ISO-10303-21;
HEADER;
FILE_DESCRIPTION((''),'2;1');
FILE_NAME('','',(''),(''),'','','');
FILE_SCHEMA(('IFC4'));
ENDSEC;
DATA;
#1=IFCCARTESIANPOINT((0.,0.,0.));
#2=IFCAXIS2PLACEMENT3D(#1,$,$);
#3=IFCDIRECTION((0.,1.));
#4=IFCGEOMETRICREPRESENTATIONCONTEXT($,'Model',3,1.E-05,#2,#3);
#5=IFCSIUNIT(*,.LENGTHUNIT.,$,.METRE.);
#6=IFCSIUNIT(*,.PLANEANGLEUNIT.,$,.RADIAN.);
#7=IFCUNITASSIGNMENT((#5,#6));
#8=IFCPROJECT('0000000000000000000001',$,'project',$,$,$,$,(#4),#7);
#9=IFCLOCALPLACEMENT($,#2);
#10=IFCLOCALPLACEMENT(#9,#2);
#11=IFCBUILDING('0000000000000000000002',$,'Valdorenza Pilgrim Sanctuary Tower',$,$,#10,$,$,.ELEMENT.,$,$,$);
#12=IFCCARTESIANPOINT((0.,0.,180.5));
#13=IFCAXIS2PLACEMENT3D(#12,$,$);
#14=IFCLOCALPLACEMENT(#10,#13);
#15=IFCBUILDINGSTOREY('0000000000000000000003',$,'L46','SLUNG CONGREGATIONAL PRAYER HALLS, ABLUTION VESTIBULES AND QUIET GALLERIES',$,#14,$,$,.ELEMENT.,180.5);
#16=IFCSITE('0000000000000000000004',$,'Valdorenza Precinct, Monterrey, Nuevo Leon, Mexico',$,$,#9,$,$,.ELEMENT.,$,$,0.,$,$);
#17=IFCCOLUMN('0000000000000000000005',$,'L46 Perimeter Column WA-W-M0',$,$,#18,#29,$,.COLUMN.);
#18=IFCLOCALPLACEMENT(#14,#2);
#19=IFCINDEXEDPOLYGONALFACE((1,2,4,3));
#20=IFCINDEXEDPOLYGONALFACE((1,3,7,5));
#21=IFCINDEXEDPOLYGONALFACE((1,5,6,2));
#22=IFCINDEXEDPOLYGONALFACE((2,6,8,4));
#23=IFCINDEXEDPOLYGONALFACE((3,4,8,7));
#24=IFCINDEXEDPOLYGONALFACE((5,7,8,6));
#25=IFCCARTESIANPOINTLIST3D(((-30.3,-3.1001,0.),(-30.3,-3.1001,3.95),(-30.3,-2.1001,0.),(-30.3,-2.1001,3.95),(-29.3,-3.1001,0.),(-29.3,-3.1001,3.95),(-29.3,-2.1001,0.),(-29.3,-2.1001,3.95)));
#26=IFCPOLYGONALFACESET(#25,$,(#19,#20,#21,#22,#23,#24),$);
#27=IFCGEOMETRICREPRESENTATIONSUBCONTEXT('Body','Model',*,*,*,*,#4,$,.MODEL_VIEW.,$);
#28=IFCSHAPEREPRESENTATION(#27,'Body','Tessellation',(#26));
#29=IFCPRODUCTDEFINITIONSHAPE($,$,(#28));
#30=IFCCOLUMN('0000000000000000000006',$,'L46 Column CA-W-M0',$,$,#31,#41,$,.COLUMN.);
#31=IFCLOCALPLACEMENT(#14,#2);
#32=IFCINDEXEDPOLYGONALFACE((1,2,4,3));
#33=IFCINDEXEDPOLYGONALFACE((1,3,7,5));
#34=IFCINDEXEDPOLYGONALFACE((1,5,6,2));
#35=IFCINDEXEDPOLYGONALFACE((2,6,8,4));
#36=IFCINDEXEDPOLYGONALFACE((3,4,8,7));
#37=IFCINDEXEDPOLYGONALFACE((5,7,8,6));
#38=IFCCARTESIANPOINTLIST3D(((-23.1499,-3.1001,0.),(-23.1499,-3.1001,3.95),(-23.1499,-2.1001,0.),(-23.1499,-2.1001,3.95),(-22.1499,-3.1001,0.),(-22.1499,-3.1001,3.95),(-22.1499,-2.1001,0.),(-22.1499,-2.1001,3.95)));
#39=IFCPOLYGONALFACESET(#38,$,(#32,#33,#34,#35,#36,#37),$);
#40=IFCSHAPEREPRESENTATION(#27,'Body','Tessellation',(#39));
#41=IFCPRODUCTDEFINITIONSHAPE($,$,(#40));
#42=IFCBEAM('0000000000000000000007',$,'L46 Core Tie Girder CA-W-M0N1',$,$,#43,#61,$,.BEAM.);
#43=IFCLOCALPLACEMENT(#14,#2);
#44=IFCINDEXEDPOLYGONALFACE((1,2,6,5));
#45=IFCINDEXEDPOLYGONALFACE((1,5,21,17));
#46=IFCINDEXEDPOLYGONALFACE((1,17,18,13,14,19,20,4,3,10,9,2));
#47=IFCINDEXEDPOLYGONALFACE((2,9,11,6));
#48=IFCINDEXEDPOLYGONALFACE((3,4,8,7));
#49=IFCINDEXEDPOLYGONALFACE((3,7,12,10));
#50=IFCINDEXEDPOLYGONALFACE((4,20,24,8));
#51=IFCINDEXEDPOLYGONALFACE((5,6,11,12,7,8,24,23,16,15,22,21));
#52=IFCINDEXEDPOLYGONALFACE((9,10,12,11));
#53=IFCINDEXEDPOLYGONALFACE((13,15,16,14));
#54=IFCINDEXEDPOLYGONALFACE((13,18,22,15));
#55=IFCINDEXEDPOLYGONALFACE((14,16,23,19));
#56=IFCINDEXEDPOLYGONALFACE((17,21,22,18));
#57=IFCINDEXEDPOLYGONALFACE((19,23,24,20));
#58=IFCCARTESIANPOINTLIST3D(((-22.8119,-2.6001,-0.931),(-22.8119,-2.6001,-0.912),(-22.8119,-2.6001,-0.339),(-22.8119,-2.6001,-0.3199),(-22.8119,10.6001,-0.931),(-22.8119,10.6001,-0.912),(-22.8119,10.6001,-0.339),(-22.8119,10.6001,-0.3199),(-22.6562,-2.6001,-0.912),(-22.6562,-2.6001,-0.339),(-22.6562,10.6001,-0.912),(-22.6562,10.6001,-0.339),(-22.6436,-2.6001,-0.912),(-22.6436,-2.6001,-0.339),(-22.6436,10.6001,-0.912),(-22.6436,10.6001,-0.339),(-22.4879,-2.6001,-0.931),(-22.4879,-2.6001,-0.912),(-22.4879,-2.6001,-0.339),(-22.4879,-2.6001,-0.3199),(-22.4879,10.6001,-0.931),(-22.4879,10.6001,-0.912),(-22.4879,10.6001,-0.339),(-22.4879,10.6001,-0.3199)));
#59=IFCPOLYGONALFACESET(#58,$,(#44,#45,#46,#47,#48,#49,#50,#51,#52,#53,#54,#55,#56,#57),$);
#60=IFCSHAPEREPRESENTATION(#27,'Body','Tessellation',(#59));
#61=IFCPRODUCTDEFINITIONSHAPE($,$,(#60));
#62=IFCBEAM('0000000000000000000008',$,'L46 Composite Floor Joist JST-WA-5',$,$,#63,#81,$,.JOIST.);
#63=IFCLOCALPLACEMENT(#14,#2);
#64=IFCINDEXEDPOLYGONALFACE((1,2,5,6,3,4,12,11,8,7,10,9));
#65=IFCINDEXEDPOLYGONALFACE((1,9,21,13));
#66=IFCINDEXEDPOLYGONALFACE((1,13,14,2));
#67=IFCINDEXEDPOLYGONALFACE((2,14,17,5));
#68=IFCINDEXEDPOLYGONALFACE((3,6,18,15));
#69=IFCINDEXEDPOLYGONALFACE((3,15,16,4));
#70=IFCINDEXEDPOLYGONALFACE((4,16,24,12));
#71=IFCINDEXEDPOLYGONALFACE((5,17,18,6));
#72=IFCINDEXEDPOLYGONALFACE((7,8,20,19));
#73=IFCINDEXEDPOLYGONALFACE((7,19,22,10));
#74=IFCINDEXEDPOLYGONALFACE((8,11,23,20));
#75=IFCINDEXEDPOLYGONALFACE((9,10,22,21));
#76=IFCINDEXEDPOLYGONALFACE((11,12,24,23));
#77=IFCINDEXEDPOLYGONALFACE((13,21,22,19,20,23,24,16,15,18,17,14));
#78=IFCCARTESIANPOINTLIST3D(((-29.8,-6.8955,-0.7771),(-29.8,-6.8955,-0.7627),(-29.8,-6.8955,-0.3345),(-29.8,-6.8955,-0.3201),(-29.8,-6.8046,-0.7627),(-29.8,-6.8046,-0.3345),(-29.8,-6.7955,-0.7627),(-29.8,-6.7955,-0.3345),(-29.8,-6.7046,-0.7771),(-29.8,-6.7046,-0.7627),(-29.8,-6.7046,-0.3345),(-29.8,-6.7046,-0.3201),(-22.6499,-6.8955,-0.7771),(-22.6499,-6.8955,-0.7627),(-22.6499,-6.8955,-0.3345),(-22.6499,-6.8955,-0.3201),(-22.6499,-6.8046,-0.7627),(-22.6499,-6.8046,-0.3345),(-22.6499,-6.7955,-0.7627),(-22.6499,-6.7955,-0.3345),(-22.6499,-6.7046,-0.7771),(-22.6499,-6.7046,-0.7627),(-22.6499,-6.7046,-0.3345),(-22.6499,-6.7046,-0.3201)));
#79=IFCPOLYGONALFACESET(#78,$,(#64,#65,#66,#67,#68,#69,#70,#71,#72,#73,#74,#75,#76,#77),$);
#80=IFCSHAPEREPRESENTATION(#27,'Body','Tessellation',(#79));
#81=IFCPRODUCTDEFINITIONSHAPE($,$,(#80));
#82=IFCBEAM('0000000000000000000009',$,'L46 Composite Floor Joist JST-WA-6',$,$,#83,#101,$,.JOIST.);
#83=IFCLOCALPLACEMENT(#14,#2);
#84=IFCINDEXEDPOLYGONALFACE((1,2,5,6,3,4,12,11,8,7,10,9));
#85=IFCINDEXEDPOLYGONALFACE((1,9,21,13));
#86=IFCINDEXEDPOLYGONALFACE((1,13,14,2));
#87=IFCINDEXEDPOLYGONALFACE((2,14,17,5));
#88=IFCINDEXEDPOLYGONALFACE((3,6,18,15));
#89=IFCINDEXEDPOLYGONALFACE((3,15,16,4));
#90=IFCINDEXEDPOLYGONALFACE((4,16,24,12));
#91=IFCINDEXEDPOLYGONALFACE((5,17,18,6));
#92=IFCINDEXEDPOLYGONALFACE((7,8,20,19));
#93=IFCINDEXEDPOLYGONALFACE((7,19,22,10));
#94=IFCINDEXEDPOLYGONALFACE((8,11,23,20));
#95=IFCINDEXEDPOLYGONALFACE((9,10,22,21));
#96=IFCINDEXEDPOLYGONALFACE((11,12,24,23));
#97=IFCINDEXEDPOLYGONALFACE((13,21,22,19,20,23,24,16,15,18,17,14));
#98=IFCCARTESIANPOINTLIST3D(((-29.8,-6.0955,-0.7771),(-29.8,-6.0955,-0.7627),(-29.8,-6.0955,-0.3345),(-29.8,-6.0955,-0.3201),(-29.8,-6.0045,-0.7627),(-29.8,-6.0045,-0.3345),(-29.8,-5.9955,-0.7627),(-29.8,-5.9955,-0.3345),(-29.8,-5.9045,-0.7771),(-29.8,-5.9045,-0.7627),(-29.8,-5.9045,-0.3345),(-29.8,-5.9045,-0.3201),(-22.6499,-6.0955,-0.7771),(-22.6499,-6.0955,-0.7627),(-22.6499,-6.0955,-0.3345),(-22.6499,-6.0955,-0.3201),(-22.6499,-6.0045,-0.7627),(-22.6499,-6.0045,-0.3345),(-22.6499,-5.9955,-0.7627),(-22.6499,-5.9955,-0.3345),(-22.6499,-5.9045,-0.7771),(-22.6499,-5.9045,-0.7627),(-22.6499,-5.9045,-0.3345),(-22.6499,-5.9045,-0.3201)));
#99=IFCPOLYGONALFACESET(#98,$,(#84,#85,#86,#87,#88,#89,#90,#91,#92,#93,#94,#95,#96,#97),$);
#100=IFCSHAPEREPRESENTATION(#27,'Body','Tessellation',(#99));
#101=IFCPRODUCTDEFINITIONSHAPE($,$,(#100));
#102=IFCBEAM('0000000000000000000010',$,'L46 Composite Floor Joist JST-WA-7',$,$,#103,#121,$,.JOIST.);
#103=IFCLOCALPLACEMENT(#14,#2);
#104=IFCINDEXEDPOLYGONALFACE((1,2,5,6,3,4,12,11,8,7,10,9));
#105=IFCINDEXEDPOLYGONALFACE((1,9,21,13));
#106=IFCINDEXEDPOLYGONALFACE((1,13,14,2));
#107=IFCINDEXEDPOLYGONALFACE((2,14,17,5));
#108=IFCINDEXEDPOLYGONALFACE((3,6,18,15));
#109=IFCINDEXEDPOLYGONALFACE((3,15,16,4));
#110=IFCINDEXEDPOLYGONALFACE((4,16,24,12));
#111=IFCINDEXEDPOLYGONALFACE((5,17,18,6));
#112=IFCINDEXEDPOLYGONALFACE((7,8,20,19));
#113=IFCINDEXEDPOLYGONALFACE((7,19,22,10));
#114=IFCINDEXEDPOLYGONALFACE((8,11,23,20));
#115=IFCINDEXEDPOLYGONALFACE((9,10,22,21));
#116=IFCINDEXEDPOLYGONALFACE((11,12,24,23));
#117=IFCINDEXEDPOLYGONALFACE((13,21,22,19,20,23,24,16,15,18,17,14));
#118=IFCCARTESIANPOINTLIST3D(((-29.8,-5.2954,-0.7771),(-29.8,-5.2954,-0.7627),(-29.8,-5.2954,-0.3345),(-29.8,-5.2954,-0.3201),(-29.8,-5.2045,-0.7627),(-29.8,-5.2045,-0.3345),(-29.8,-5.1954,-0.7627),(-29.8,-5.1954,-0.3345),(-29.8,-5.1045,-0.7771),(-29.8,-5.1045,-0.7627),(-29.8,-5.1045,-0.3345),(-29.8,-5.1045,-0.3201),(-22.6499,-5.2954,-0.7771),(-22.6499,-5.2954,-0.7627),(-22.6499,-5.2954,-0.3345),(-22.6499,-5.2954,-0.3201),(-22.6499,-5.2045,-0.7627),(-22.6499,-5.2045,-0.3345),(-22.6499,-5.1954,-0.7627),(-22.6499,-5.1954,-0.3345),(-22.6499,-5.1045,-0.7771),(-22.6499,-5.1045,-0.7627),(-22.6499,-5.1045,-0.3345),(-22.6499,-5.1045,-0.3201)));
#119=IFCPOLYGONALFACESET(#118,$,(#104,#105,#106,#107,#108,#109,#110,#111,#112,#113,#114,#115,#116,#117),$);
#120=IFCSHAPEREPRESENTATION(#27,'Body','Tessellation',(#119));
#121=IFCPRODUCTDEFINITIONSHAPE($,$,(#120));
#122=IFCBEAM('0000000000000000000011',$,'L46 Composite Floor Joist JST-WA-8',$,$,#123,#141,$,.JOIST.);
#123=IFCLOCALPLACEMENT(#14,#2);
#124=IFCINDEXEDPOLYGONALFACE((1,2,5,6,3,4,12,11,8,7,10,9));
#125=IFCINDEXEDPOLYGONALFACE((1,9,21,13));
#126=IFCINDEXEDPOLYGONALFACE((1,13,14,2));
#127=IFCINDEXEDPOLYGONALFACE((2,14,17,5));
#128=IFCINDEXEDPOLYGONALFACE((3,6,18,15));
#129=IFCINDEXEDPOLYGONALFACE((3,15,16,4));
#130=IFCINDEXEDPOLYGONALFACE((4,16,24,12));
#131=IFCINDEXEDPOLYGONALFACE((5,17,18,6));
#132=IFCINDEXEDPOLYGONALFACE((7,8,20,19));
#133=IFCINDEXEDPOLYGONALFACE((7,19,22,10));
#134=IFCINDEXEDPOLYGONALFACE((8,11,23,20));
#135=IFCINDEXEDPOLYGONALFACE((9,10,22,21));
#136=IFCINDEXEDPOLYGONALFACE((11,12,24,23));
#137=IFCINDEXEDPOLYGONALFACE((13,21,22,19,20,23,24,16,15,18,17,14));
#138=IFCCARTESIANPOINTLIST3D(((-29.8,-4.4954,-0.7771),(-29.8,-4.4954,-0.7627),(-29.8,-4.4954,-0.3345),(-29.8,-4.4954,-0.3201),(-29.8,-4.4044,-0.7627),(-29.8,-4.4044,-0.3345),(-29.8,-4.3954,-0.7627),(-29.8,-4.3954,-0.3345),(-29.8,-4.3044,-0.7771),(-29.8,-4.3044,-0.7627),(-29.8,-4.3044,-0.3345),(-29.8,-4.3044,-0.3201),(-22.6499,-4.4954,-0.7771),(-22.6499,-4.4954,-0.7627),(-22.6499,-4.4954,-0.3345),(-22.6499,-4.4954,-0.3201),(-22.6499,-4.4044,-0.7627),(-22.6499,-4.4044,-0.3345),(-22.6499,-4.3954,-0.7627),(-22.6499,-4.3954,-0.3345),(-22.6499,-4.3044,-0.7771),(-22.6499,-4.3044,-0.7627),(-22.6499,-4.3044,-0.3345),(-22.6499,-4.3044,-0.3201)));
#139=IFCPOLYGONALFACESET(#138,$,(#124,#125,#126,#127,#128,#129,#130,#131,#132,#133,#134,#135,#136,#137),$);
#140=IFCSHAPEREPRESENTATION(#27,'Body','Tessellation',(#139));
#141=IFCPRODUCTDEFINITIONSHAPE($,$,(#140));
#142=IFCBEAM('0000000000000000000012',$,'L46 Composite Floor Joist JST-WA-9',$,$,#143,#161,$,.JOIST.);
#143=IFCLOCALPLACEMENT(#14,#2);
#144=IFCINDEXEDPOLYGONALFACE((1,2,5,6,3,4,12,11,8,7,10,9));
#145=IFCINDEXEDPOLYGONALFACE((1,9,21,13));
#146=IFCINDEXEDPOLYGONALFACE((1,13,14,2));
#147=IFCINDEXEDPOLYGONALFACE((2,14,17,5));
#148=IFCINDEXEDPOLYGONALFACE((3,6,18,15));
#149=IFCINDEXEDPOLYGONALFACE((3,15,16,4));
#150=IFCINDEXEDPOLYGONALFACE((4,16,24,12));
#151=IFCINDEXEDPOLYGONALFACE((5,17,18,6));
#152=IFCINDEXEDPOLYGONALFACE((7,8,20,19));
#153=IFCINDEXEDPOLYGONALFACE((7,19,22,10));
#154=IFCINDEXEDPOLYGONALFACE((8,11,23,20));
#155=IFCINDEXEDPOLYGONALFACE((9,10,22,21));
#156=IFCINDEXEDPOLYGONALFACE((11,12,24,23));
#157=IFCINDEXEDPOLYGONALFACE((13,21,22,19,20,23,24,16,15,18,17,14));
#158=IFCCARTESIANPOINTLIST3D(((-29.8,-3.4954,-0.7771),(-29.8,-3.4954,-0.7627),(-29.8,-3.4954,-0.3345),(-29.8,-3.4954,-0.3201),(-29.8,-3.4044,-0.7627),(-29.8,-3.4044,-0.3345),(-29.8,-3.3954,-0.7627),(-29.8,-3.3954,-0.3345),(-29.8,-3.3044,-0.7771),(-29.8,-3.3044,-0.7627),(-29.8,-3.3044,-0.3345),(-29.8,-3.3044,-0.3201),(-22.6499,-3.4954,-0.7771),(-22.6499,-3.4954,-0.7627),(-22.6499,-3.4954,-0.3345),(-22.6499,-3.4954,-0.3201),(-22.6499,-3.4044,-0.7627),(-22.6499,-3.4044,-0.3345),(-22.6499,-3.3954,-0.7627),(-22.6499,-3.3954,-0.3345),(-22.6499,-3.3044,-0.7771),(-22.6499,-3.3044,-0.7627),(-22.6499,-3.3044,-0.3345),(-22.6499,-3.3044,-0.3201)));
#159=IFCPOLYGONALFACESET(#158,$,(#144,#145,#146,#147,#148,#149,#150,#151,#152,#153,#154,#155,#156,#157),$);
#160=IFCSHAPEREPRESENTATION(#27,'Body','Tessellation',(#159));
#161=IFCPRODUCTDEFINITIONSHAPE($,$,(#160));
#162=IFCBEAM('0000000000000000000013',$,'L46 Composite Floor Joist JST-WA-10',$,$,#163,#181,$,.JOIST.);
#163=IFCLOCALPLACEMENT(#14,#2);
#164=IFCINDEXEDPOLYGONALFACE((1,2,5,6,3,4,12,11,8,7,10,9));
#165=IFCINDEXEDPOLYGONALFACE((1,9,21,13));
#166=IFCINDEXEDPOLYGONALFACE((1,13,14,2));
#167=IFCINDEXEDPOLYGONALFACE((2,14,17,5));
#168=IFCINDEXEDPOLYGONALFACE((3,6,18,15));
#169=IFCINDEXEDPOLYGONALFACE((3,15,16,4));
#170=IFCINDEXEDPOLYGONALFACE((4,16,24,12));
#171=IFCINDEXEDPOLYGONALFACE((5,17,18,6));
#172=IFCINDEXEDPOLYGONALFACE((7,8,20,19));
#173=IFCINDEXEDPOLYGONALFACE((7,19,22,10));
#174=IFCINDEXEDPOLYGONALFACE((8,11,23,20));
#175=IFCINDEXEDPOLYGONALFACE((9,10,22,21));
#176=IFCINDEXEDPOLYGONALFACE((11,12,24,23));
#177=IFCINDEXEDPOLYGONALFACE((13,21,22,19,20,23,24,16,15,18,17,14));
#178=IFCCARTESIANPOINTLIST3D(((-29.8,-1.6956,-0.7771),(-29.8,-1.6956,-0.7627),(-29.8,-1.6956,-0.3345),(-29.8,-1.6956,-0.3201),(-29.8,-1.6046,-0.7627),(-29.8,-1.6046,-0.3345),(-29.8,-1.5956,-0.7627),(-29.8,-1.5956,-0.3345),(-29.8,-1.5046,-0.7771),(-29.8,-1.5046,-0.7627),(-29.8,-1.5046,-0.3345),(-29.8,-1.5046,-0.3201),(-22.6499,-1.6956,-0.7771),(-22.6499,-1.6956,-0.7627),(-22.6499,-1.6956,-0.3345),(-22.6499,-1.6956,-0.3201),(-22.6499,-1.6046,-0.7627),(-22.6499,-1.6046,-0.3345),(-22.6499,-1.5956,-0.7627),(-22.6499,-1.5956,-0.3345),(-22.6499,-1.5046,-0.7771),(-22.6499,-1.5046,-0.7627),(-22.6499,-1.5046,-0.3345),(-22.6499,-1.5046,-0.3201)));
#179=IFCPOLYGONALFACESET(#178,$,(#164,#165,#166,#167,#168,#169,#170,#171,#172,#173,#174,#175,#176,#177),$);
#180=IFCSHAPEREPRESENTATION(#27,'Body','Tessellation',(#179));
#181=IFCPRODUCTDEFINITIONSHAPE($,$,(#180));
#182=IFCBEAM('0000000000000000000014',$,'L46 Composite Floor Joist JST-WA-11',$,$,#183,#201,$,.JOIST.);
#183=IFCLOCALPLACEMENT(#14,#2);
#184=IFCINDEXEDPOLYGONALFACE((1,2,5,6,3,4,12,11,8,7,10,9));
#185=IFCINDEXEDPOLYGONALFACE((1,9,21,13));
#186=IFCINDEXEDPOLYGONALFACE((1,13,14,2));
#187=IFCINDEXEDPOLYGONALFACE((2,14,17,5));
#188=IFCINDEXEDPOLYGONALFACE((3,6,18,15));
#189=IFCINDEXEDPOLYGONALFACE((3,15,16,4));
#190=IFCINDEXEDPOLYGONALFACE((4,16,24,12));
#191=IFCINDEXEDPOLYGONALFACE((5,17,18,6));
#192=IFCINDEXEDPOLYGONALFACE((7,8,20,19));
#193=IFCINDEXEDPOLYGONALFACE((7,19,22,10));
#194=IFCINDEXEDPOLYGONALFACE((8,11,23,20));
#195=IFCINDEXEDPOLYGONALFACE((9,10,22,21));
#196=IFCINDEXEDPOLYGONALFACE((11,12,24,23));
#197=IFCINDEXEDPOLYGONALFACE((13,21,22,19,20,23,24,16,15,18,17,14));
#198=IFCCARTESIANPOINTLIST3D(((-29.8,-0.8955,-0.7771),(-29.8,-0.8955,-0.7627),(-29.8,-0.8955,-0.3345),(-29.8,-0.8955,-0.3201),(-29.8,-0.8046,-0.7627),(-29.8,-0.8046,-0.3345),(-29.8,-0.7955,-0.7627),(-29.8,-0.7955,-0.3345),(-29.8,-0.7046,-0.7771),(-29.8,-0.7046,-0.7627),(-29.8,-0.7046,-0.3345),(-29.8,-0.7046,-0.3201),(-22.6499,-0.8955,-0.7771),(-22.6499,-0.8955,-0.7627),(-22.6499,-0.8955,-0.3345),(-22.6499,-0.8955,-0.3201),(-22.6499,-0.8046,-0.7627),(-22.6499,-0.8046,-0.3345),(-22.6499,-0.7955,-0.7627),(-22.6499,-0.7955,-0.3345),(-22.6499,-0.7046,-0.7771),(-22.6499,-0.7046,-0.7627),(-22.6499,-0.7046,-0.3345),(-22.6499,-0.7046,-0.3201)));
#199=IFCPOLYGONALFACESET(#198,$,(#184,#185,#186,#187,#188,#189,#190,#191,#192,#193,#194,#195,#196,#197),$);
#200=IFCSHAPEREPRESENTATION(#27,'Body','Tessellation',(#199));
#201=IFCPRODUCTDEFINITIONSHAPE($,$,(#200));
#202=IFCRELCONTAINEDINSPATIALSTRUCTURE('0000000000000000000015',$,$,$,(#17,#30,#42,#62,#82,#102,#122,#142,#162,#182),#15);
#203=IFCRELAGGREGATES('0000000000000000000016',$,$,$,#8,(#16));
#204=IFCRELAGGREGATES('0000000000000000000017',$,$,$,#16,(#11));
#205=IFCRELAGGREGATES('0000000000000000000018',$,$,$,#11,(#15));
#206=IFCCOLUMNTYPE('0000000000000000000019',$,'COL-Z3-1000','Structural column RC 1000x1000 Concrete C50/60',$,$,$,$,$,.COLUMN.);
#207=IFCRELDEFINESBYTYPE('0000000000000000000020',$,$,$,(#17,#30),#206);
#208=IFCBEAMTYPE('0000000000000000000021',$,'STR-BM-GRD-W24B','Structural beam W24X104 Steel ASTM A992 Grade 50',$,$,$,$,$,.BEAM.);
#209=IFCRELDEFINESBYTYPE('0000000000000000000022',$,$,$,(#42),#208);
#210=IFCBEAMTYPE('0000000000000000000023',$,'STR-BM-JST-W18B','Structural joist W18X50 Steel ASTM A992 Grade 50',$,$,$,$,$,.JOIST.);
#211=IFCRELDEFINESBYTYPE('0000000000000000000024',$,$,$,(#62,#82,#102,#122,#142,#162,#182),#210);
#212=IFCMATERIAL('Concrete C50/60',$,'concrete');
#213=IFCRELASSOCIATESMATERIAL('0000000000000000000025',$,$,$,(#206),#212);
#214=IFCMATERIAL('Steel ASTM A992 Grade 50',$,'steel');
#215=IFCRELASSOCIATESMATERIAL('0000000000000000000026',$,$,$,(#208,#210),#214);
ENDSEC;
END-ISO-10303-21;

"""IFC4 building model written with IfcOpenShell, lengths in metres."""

from ifc_helpers import new_model, si_unit, direction, frame, origin, origin_2d, place, context, subcontext, project, spatial, rectangle, i_section, extrude, source, transform, mapped, material, material_profile, profile_set, type_object, element, save


model = new_model("IFC4")

# Units and contexts
model_context = context("Model", 3, precision=1e-05, world=origin(), true_north=direction((0.0, 1.0)))
body_context = subcontext(model_context, "Body", "Model", "MODEL_VIEW")
ifc_project = project(units=[si_unit("LENGTHUNIT", "METRE"), si_unit("PLANEANGLEUNIT", "RADIAN")], contexts=[model_context])

# Site, building, storey
site_placement = place(None, origin())
site = spatial("IfcSite", under=ifc_project, at=site_placement, Name="Valdorenza Precinct, Monterrey, Nuevo Leon, Mexico", CompositionType="ELEMENT", RefElevation=0.0)
building_placement = place(site_placement, origin())
building = spatial("IfcBuilding", under=site, at=building_placement, Name="Valdorenza Pilgrim Sanctuary Tower", CompositionType="ELEMENT")
storey_placement = place(building_placement, frame((0.0, 0.0, 180.5)))
storey = spatial("IfcBuildingStorey", under=building, at=storey_placement, Name="L46", Description="SLUNG CONGREGATIONAL PRAYER HALLS, ABLUTION VESTIBULES AND QUIET GALLERIES", CompositionType="ELEMENT", Elevation=180.5)

# Columns
ifc_material_1 = material(Name="Concrete C50/60", Category="concrete")
ifc_material_profile_1 = material_profile(ifc_material_1, rectangle(XDim=1.0, YDim=1.0, at=origin_2d()), Name="RC 1000x1000")
ifc_profile_set_1 = profile_set([ifc_material_profile_1], Name="Concrete C50/60")
column_type = type_object("IfcColumnType", Name="COL-Z3-1000", Description="Structural column RC 1000x1000 Concrete C50/60", PredefinedType="COLUMN", material=ifc_profile_set_1)
shared_shape_1 = source(origin(), body_context, "Body", "SweptSolid", [
    extrude(rectangle(XDim=1.0, YDim=1.0, at=origin_2d()), origin(), (0.0, 0.0, 1.0), 3.95),
])
for number, where, z_axis, x_axis, name in (
    (1, (-29.8, -2.6001, 0.0), (0.0, 0.0, 1.0), (1.0, 0.0, 0.0), "L46 Perimeter Column WA-W-M0"),
    (2, (-22.6499, -2.6001, 0.0), (0.0, 0.0, 1.0), (1.0, 0.0, 0.0), "L46 Column CA-W-M0"),
):
    element("IfcColumn", number, at=place(storey_placement, frame(where, z_axis=z_axis, x_axis=x_axis)), inside=storey, type_object=column_type, Name=name, PredefinedType="COLUMN", context=body_context, shape_type="MappedRepresentation", body=[
        mapped(shared_shape_1, transform((0.0, 0.0, 0.0), x_axis=(1.0, 0.0, 0.0), y_axis=(0.0, 1.0, 0.0), z_axis=(0.0, 0.0, 1.0), scale=1.0)),
    ])

# Beams
ifc_material_2 = material(Name="Steel ASTM A992 Grade 50", Category="steel")
ifc_material_profile_2 = material_profile(ifc_material_2, i_section(OverallWidth=0.324, OverallDepth=0.6111, WebThickness=0.0127, FlangeThickness=0.019, at=origin_2d()), Name="W24X104")
ifc_profile_set_2 = profile_set([ifc_material_profile_2], Name="Steel ASTM A992 Grade 50")
beam_type_1 = type_object("IfcBeamType", Name="STR-BM-GRD-W24B", Description="Structural beam W24X104 Steel ASTM A992 Grade 50", PredefinedType="BEAM", material=ifc_profile_set_2)
shared_shape_2 = source(origin(), body_context, "Body", "SweptSolid", [
    extrude(i_section(OverallWidth=0.324, OverallDepth=0.6111, WebThickness=0.0127, FlangeThickness=0.019, at=origin_2d()), origin(), (0.0, 0.0, 1.0), 13.2002),
])
beam_1_placement = place(storey_placement, frame((-22.6499, -2.6001, -0.6255), z_axis=(0.0, 1.0, 0.0), x_axis=(-1.0, 0.0, 0.0)))
element("IfcBeam", 3, at=beam_1_placement, inside=storey, type_object=beam_type_1, Name="L46 Core Tie Girder CA-W-M0N1", PredefinedType="BEAM", context=body_context, shape_type="MappedRepresentation", body=[
    mapped(shared_shape_2, transform((0.0, 0.0, 0.0), x_axis=(1.0, 0.0, 0.0), y_axis=(0.0, 1.0, 0.0), z_axis=(0.0, 0.0, 1.0), scale=1.0)),
])
ifc_material_profile_3 = material_profile(ifc_material_2, i_section(OverallWidth=0.1909, OverallDepth=0.457, WebThickness=0.009, FlangeThickness=0.0144, at=origin_2d()), Name="W18X50")
ifc_profile_set_3 = profile_set([ifc_material_profile_3], Name="Steel ASTM A992 Grade 50")
beam_type_2 = type_object("IfcBeamType", Name="STR-BM-JST-W18B", Description="Structural joist W18X50 Steel ASTM A992 Grade 50", PredefinedType="JOIST", material=ifc_profile_set_3)
shared_shape_3 = source(origin(), body_context, "Body", "SweptSolid", [
    extrude(i_section(OverallWidth=0.1909, OverallDepth=0.457, WebThickness=0.009, FlangeThickness=0.0144, at=origin_2d()), origin(), (0.0, 0.0, 1.0), 7.1501),
])
for number, where, z_axis, x_axis, name in (
    (4, (-29.8, -6.8, -0.5486), (1.0, 0.0, 0.0), (0.0, 1.0, 0.0), "L46 Composite Floor Joist JST-WA-5"),
    (5, (-29.8, -6.0, -0.5486), (1.0, 0.0, 0.0), (0.0, 1.0, 0.0), "L46 Composite Floor Joist JST-WA-6"),
    (6, (-29.8, -5.2, -0.5486), (1.0, 0.0, 0.0), (0.0, 1.0, 0.0), "L46 Composite Floor Joist JST-WA-7"),
    (7, (-29.8, -4.3999, -0.5486), (1.0, 0.0, 0.0), (0.0, 1.0, 0.0), "L46 Composite Floor Joist JST-WA-8"),
    (8, (-29.8, -3.3999, -0.5486), (1.0, 0.0, 0.0), (0.0, 1.0, 0.0), "L46 Composite Floor Joist JST-WA-9"),
    (9, (-29.8, -1.6001, -0.5486), (1.0, 0.0, 0.0), (0.0, 1.0, 0.0), "L46 Composite Floor Joist JST-WA-10"),
    (10, (-29.8, -0.8, -0.5486), (1.0, 0.0, 0.0), (0.0, 1.0, 0.0), "L46 Composite Floor Joist JST-WA-11"),
):
    element("IfcBeam", number, at=place(storey_placement, frame(where, z_axis=z_axis, x_axis=x_axis)), inside=storey, type_object=beam_type_2, Name=name, PredefinedType="JOIST", context=body_context, shape_type="MappedRepresentation", body=[
        mapped(shared_shape_3, transform((0.0, 0.0, 0.0), x_axis=(1.0, 0.0, 0.0), y_axis=(0.0, 1.0, 0.0), z_axis=(0.0, 0.0, 1.0), scale=1.0)),
    ])

save(model, "model.ifc")
